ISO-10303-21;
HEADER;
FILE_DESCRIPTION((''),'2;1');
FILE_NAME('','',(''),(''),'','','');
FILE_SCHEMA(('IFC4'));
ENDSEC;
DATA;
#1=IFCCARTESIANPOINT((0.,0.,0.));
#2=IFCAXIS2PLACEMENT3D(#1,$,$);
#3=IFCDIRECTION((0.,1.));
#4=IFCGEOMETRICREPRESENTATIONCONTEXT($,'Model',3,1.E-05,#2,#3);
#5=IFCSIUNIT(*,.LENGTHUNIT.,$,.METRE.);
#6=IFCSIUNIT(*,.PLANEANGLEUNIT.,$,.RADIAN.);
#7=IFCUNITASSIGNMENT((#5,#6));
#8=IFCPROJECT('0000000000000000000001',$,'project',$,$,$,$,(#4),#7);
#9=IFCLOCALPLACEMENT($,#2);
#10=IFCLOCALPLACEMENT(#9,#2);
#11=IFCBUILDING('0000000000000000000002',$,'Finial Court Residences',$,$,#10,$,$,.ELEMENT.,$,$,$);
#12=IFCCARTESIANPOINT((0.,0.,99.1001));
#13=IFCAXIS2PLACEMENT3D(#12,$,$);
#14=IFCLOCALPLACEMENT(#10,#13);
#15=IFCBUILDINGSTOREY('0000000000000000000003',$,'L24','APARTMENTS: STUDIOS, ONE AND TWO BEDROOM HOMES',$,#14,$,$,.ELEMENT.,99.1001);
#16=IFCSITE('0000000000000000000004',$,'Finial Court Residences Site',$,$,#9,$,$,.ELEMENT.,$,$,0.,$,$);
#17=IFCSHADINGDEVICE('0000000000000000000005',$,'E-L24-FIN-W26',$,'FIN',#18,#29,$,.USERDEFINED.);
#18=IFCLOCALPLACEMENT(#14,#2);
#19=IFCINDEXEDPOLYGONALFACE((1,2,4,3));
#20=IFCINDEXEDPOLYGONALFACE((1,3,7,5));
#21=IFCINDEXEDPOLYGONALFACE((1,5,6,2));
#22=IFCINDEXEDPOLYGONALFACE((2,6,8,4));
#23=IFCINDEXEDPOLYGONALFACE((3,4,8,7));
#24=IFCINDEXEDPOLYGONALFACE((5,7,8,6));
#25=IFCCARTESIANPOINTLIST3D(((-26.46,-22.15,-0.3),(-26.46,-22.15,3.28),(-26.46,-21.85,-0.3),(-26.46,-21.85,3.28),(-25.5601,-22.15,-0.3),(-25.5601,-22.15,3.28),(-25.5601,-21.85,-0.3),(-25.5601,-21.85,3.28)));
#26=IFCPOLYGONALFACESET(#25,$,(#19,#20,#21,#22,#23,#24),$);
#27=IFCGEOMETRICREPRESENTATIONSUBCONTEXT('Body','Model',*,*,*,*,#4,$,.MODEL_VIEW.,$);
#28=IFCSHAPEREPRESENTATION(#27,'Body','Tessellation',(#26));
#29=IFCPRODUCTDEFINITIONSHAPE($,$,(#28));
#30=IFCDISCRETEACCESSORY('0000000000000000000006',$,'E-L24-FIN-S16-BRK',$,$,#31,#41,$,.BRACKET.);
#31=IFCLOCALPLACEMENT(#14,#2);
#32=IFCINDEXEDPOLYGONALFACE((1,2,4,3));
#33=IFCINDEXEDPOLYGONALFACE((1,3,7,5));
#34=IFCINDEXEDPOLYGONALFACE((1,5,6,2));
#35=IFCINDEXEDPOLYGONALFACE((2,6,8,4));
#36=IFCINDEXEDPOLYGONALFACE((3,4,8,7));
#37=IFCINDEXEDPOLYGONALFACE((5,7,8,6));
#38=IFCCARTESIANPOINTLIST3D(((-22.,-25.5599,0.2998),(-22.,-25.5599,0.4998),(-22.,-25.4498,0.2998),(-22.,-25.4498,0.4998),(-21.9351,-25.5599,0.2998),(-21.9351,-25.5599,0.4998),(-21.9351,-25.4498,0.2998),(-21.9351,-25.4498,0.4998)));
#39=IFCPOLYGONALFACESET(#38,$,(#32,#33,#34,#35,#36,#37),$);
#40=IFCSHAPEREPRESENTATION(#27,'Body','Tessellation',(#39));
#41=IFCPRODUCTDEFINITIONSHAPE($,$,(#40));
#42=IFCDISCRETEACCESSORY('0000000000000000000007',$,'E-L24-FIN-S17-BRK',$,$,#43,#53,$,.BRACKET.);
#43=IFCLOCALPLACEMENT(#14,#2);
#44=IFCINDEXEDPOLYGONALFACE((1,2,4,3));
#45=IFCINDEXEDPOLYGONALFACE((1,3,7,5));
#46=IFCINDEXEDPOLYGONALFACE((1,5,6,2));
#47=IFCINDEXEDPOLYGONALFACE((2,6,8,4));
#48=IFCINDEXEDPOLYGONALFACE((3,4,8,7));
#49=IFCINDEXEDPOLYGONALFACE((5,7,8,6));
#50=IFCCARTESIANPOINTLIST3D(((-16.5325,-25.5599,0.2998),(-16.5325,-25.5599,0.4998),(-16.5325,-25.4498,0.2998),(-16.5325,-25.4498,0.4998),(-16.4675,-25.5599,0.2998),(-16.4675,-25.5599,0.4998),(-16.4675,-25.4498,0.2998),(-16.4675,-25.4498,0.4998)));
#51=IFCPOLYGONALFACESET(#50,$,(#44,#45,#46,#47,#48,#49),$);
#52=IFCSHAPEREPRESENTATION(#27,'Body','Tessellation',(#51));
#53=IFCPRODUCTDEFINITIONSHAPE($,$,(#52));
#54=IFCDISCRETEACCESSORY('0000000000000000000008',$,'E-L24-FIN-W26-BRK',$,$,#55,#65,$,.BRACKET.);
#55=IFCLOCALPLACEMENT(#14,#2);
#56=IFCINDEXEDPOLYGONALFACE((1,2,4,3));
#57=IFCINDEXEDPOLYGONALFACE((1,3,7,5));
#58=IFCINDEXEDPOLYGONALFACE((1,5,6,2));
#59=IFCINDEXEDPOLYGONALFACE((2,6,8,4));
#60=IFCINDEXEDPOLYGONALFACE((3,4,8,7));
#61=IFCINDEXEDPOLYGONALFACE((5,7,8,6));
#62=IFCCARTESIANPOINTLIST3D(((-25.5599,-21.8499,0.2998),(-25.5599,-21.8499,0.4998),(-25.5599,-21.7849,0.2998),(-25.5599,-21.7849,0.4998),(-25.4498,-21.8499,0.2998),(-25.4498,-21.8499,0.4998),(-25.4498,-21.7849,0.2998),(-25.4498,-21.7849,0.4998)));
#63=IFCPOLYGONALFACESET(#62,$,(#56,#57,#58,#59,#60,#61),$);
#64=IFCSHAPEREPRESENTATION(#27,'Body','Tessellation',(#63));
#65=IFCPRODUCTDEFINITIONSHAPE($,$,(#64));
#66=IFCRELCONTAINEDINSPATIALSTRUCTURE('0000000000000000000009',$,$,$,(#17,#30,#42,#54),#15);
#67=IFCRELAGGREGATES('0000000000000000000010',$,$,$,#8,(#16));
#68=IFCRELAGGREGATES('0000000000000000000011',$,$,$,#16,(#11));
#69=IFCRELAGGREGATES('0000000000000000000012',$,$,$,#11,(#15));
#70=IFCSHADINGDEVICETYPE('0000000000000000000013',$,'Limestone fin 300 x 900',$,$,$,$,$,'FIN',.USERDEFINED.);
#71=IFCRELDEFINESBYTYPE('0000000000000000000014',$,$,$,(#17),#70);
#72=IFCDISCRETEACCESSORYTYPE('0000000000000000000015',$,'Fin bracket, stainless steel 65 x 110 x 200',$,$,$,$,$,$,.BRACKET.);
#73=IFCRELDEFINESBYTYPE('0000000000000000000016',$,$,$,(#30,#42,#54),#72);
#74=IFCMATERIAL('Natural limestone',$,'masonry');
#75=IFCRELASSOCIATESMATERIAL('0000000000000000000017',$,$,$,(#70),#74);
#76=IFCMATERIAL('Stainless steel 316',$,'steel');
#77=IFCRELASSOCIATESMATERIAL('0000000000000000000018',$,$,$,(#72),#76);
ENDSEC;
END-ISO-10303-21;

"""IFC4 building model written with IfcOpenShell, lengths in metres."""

from ifc_helpers import new_model, si_unit, direction, frame, origin, origin_2d, place, context, subcontext, project, spatial, rectangle, extrude, material, type_object, element, save


model = new_model("IFC4")

# Units and contexts
model_context = context("Model", 3, precision=1e-05, world=origin(), true_north=direction((0.0, 1.0)))
body_context = subcontext(model_context, "Body", "Model", "MODEL_VIEW")
ifc_project = project(units=[si_unit("LENGTHUNIT", "METRE"), si_unit("PLANEANGLEUNIT", "RADIAN")], contexts=[model_context])

# Site, building, storey
site_placement = place(None, origin())
site = spatial("IfcSite", under=ifc_project, at=site_placement, Name="Finial Court Residences Site", CompositionType="ELEMENT", RefElevation=0.0)
building_placement = place(site_placement, origin())
building = spatial("IfcBuilding", under=site, at=building_placement, Name="Finial Court Residences", CompositionType="ELEMENT")
storey_placement = place(building_placement, frame((0.0, 0.0, 99.1001)))
storey = spatial("IfcBuildingStorey", under=building, at=storey_placement, Name="L24", Description="APARTMENTS: STUDIOS, ONE AND TWO BEDROOM HOMES", CompositionType="ELEMENT", Elevation=99.1001)

# Shared definitions
ifc_material_1 = material(Name="Natural limestone", Category="masonry")

# Shading device
shading_device_type = type_object("IfcShadingDeviceType", Name="Limestone fin 300 x 900", ElementType="FIN", PredefinedType="USERDEFINED", material=ifc_material_1)
shading_device_placement = place(storey_placement, frame((-26.01, -22.0, -0.3), z_axis=(0.0, 0.0, 1.0), x_axis=(1.0, 0.0, 0.0)))
element("IfcShadingDevice", 1, at=shading_device_placement, inside=storey, type_object=shading_device_type, Name="E-L24-FIN-W26", ObjectType="FIN", PredefinedType="USERDEFINED", context=body_context, shape_type="SweptSolid", body=[
    extrude(rectangle(XDim=0.8999, YDim=0.3, at=origin_2d()), origin(), (0.0, 0.0, 1.0), 3.5801),
])

# Discrete accessories
ifc_material_2 = material(Name="Stainless steel 316", Category="steel")
discrete_accessory_type = type_object("IfcDiscreteAccessoryType", Name="Fin bracket, stainless steel 65 x 110 x 200", PredefinedType="BRACKET", material=ifc_material_2)
for number, where, z_axis, x_axis, name in (
    (2, (-21.9675, -25.5049, 0.2998), (0.0, 0.0, 1.0), (1.0, 0.0, 0.0), "E-L24-FIN-S16-BRK"),
    (3, (-16.5, -25.5049, 0.2998), (0.0, 0.0, 1.0), (1.0, 0.0, 0.0), "E-L24-FIN-S17-BRK"),
):
    element("IfcDiscreteAccessory", number, at=place(storey_placement, frame(where, z_axis=z_axis, x_axis=x_axis)), inside=storey, type_object=discrete_accessory_type, Name=name, PredefinedType="BRACKET", context=body_context, shape_type="SweptSolid", body=[
        extrude(rectangle(XDim=0.0649, YDim=0.1101, at=origin_2d()), origin(), (0.0, 0.0, 1.0), 0.2),
    ])
discrete_accessory_placement = place(storey_placement, frame((-25.5049, -21.8174, 0.2998), z_axis=(0.0, 0.0, 1.0), x_axis=(1.0, 0.0, 0.0)))
element("IfcDiscreteAccessory", 4, at=discrete_accessory_placement, inside=storey, type_object=discrete_accessory_type, Name="E-L24-FIN-W26-BRK", PredefinedType="BRACKET", context=body_context, shape_type="SweptSolid", body=[
    extrude(rectangle(XDim=0.1101, YDim=0.0649, at=origin_2d()), origin(), (0.0, 0.0, 1.0), 0.2),
])

save(model, "model.ifc")
